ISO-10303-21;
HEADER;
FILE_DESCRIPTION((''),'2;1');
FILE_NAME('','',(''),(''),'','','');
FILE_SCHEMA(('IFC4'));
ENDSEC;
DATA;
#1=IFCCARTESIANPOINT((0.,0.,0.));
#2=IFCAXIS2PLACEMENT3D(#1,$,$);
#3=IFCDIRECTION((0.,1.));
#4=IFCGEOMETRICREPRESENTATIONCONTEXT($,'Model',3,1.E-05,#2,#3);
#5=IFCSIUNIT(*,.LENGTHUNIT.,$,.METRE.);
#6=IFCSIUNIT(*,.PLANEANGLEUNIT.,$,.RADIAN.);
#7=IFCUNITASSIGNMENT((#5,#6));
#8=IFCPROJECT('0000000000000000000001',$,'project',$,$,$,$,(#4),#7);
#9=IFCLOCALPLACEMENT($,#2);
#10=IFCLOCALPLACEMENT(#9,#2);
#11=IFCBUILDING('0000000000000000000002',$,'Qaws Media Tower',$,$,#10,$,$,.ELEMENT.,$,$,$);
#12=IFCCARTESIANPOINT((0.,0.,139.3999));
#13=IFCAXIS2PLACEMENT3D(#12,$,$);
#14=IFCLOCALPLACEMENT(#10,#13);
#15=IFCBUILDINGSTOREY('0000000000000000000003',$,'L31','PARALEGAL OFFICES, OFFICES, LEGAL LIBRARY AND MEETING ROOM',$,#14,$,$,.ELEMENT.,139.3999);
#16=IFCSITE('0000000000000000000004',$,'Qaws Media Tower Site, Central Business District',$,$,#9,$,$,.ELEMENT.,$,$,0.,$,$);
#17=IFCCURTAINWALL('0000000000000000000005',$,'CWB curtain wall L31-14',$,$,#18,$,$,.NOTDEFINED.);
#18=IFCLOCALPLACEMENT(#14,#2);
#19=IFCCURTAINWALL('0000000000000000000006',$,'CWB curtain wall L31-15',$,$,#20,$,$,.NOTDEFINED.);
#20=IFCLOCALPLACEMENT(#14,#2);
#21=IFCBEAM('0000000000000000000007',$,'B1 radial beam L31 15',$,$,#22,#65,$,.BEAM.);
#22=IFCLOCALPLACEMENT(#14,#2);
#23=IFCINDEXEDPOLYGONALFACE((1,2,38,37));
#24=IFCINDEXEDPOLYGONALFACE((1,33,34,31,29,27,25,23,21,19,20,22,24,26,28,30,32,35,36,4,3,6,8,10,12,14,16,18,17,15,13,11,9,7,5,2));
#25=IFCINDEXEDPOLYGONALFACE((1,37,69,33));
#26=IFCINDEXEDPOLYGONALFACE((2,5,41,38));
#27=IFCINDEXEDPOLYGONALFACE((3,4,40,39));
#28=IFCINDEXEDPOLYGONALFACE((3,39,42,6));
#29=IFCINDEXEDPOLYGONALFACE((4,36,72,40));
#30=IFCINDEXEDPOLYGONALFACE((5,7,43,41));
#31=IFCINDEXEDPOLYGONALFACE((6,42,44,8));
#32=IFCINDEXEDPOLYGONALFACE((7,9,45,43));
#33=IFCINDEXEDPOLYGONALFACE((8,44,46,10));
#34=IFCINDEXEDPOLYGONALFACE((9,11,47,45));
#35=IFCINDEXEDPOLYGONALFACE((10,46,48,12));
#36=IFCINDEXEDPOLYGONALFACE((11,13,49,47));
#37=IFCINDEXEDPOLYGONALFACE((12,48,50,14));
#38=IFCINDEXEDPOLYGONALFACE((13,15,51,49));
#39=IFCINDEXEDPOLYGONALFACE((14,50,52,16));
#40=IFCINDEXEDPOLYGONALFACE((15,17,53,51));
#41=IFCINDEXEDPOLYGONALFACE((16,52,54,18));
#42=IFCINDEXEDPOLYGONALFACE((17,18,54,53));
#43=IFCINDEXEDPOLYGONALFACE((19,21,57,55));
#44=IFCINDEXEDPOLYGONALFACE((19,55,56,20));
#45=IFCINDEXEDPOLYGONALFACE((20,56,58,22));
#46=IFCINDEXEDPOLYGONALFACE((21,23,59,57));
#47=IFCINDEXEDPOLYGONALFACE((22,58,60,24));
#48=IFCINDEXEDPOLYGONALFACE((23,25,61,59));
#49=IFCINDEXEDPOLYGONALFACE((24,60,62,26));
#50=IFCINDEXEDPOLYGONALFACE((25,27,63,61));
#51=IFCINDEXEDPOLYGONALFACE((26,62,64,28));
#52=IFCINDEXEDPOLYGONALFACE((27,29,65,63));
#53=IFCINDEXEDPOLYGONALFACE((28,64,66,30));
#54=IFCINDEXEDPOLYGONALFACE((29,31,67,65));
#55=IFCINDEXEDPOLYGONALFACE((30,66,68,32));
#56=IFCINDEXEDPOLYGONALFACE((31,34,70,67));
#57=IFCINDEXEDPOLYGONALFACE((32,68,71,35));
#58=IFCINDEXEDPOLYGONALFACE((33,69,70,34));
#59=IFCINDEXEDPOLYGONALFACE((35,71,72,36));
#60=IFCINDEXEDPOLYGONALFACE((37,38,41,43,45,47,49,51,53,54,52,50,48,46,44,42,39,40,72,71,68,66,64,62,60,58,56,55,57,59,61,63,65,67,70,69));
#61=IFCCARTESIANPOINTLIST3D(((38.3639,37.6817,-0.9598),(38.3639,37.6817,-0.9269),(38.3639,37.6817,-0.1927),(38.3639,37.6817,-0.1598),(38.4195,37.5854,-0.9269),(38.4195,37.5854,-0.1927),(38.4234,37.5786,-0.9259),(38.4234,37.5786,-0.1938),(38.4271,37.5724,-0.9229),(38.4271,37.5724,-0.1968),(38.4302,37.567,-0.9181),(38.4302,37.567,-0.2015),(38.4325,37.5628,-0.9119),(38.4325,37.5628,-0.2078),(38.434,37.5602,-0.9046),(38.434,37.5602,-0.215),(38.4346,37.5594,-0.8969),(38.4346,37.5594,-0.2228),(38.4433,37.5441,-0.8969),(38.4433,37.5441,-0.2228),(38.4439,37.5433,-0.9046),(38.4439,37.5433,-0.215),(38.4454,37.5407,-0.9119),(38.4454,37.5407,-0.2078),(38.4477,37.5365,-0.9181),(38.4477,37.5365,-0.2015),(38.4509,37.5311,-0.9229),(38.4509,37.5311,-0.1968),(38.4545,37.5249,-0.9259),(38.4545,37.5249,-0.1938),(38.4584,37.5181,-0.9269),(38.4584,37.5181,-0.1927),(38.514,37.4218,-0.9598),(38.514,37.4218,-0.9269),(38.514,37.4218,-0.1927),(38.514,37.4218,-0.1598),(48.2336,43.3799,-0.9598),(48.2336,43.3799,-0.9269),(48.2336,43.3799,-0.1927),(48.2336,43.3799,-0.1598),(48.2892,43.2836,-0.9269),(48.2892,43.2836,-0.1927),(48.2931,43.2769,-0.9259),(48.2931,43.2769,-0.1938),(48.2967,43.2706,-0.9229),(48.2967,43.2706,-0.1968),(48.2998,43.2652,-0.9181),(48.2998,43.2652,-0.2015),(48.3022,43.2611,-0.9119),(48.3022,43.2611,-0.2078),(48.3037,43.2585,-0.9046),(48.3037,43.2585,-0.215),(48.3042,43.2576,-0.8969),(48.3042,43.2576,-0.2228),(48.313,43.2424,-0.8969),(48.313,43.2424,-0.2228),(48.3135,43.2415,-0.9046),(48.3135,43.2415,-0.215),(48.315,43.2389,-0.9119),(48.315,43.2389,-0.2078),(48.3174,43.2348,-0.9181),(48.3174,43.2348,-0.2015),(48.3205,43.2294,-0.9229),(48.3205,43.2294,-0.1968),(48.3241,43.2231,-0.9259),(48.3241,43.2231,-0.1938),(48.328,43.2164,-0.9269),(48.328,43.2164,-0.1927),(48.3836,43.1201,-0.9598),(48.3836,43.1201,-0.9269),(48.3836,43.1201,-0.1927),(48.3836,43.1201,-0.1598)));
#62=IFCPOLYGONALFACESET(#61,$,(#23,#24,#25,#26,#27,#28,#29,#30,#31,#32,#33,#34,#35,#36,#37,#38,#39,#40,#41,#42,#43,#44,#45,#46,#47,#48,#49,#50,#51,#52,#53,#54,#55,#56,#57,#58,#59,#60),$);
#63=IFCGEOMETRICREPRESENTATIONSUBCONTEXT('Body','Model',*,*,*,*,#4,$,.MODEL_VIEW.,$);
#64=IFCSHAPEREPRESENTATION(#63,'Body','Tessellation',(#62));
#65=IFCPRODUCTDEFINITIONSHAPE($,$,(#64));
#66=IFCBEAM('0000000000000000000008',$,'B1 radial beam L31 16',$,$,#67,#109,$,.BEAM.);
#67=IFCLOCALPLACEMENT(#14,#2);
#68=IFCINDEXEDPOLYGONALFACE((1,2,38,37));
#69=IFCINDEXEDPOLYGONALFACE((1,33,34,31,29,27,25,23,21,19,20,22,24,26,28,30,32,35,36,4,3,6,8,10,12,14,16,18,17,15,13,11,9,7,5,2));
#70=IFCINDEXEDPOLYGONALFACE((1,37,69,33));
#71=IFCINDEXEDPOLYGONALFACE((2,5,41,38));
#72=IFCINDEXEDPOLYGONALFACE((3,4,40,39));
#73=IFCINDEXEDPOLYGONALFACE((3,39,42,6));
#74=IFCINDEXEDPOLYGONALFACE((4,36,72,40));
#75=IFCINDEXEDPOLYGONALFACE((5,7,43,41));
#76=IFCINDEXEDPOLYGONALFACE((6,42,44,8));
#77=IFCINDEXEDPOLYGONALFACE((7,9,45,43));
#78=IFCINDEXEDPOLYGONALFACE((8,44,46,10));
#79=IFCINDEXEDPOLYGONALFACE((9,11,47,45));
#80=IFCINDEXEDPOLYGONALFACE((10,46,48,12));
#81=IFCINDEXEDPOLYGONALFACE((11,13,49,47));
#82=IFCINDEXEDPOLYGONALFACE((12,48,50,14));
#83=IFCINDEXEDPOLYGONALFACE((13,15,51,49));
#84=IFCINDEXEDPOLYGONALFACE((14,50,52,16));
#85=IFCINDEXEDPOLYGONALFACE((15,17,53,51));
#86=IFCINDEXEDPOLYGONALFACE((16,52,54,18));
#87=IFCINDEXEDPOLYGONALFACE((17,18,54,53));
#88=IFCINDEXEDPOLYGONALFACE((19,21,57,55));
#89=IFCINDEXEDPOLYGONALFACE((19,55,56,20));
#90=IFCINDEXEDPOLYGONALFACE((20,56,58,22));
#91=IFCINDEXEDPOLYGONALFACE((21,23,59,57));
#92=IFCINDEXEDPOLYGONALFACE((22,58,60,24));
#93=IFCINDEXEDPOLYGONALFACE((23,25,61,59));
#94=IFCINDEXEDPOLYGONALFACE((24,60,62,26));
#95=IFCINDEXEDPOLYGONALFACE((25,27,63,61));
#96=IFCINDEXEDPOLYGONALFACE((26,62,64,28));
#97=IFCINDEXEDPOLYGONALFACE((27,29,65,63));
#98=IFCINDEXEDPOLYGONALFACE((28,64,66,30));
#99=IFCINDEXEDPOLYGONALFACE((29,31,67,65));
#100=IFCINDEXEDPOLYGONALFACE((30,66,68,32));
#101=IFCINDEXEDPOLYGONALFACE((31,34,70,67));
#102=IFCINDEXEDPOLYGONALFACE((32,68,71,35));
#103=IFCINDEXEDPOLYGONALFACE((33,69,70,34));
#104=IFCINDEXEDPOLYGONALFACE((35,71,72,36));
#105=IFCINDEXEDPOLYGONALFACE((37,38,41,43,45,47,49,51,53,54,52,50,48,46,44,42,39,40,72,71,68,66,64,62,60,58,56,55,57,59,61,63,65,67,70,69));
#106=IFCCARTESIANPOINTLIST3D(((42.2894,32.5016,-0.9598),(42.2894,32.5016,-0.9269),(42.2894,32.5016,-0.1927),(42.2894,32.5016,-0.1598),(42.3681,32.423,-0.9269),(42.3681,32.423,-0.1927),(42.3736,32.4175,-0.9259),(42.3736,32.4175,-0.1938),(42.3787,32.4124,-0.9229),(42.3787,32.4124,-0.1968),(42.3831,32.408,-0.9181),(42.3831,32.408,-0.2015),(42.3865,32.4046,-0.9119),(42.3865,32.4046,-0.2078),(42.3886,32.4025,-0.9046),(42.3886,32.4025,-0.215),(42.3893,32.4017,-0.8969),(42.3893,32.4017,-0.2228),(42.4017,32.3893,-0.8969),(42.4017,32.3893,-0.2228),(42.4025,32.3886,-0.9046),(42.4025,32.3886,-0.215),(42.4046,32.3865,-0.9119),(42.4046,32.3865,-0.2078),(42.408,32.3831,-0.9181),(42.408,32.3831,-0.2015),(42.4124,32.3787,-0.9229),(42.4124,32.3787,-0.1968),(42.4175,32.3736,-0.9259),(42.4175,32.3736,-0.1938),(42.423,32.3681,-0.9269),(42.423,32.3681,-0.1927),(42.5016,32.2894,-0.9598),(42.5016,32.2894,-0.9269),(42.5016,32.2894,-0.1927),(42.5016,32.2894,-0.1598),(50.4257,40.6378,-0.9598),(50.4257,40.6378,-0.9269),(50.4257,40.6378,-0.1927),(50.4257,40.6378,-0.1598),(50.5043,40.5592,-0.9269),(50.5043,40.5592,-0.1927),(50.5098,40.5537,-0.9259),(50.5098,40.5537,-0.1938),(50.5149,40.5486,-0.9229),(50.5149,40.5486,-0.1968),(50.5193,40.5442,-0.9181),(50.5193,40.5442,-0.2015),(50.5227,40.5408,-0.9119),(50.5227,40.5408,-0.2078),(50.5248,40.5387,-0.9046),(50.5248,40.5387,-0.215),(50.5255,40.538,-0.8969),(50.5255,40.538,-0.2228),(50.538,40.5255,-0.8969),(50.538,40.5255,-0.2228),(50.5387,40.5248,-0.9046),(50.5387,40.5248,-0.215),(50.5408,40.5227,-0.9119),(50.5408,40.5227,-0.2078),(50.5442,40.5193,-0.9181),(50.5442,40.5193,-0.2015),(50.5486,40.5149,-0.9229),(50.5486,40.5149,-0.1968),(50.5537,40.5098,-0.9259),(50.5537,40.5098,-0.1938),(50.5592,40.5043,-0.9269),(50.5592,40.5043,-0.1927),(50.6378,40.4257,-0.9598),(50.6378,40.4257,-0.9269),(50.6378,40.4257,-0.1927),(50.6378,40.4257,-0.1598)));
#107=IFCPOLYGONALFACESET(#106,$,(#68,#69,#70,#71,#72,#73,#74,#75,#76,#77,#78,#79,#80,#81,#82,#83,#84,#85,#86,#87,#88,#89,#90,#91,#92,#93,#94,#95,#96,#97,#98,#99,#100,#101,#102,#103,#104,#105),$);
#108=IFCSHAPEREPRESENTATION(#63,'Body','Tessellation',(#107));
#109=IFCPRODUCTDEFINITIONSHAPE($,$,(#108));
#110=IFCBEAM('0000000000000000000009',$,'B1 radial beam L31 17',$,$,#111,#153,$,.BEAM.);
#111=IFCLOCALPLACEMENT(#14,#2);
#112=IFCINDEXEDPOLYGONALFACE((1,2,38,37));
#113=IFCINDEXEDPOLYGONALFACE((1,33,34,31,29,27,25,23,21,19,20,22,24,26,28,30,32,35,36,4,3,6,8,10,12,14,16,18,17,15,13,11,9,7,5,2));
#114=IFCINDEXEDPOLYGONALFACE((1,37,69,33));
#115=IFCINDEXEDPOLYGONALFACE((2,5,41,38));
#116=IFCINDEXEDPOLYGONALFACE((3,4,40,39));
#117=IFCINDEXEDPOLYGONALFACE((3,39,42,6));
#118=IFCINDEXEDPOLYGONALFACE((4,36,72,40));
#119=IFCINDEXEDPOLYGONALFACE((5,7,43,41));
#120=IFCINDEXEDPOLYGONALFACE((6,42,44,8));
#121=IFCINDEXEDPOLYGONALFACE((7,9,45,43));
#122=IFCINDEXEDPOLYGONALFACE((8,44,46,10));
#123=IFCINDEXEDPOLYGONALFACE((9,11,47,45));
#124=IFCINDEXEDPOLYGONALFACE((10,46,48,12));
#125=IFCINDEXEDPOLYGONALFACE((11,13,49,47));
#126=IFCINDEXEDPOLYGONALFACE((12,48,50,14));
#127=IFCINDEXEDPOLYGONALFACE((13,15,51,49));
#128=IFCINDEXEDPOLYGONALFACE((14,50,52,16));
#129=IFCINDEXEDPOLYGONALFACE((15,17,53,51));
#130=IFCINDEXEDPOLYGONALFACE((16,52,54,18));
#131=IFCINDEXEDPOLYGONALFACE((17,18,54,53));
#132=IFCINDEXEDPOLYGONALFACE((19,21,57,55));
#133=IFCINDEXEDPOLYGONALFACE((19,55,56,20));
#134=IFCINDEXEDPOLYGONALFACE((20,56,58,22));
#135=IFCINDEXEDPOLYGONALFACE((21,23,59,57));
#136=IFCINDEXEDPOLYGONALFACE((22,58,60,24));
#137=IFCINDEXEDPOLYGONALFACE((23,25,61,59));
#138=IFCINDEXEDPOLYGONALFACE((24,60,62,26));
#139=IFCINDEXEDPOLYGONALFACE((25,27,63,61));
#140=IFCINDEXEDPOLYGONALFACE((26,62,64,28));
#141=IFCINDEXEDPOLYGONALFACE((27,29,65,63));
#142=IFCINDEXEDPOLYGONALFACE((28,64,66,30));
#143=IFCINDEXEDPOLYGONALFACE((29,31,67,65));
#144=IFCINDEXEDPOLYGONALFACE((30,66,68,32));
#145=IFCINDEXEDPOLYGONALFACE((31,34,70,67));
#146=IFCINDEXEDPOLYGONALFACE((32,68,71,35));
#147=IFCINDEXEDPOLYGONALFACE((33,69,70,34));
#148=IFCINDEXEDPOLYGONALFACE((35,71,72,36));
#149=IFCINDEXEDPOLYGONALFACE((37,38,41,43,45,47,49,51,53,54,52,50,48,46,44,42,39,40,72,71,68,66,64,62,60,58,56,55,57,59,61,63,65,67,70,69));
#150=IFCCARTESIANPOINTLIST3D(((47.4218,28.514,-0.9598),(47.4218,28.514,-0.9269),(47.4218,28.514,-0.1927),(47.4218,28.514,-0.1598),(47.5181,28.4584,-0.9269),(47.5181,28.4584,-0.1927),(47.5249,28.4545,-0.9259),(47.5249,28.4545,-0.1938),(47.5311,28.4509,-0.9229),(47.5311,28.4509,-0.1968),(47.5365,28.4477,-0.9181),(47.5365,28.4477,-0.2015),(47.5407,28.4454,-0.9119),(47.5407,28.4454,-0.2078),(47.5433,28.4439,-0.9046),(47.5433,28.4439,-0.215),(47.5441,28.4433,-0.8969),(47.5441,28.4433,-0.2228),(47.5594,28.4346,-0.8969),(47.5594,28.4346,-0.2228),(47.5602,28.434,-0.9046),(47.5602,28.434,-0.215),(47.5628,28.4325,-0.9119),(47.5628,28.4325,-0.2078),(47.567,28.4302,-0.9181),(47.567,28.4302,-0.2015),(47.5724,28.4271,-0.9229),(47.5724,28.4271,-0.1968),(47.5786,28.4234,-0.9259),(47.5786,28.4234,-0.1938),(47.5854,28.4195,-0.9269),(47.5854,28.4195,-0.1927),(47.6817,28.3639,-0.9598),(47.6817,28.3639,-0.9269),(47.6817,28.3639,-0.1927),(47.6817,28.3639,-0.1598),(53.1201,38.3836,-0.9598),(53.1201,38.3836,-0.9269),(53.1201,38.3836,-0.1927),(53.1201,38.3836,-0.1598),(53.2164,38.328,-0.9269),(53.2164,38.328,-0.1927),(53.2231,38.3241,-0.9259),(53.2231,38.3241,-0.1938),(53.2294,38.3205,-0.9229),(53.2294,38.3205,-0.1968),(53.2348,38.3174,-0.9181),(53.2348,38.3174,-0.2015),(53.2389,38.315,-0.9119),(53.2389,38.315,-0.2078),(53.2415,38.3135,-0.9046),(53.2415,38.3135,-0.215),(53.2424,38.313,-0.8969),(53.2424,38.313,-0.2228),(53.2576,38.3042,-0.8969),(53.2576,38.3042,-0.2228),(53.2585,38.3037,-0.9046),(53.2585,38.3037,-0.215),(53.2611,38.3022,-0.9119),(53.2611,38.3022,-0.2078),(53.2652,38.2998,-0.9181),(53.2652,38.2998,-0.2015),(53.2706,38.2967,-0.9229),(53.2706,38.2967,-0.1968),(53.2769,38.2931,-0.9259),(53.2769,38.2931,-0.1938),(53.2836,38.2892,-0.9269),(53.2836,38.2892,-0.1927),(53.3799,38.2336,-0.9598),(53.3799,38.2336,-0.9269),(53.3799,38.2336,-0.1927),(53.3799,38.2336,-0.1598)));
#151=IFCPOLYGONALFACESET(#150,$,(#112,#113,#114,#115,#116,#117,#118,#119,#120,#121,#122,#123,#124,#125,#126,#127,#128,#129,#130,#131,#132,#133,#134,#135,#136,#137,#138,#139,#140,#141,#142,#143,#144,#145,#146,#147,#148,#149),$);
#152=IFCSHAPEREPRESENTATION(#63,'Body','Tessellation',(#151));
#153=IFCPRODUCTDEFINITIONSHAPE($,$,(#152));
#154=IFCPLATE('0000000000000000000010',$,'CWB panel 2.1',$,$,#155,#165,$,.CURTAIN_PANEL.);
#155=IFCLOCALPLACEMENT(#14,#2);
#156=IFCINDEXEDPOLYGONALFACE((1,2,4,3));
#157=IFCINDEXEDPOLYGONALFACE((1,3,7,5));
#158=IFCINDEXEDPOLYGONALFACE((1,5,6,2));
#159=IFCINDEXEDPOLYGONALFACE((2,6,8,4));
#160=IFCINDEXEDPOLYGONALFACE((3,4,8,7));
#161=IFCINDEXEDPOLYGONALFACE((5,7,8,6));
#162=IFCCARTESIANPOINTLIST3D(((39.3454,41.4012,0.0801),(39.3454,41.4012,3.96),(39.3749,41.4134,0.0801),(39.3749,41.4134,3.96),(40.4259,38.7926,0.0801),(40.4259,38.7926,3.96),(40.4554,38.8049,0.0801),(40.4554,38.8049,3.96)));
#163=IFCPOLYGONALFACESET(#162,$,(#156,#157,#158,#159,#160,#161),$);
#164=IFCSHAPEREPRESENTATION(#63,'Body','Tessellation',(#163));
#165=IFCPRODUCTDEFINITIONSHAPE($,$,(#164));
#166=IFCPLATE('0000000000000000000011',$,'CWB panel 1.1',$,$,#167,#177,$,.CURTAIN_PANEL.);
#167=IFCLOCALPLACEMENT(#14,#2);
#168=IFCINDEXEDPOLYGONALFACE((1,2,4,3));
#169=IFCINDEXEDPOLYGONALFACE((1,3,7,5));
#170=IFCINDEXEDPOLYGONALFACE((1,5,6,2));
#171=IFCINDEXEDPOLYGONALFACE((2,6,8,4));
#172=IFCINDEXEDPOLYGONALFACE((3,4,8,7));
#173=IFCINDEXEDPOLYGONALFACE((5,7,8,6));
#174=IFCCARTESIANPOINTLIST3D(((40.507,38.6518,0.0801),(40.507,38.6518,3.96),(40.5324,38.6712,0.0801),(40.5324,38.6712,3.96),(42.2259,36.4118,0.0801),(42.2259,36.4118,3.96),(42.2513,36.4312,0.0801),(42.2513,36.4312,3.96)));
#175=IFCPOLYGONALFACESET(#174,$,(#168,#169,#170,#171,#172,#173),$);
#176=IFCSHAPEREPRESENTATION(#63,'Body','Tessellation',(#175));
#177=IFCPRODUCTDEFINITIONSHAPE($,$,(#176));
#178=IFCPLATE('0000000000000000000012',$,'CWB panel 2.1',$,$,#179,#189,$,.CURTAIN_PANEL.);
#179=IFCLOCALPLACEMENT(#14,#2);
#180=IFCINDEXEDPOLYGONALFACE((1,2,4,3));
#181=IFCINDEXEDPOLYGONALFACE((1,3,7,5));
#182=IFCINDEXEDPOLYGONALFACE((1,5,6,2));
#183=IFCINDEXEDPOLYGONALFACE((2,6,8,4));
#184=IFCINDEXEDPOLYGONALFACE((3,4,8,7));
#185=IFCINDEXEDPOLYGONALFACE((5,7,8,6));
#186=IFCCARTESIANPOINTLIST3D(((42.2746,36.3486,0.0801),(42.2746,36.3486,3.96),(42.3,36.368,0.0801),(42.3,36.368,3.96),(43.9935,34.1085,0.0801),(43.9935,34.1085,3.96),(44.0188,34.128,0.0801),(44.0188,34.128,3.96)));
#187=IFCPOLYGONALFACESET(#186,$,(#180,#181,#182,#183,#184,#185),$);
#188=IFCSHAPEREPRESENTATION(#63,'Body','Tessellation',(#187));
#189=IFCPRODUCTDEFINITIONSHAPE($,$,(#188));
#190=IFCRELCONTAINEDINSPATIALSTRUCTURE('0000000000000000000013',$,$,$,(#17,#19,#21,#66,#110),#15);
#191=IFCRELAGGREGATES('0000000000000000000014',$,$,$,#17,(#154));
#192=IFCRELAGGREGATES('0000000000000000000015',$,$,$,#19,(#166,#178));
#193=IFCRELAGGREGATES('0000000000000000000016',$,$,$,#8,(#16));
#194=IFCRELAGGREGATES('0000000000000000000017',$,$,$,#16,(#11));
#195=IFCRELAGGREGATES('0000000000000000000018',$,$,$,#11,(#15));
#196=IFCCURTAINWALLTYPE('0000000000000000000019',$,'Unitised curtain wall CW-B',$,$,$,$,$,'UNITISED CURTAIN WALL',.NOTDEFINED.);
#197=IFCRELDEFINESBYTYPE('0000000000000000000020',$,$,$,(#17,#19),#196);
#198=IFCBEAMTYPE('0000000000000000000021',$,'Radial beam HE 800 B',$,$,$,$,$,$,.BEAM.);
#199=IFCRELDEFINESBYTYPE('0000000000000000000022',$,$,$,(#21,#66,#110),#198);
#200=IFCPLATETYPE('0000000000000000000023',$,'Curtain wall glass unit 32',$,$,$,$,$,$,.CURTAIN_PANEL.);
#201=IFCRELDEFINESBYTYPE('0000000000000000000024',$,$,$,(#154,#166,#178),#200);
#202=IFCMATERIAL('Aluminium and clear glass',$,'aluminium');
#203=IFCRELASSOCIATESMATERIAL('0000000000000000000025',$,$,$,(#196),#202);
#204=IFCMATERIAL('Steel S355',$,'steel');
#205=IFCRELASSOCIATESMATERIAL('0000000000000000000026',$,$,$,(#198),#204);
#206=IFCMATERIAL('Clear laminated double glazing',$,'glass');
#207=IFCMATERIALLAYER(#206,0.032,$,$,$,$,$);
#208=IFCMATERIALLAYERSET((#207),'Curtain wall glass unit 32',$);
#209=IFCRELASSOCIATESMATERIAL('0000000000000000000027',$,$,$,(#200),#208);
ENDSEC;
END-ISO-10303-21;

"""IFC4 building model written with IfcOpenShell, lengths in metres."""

from ifc_helpers import new_model, si_unit, direction, frame, origin, origin_2d, place, context, subcontext, project, spatial, rectangle, i_section, extrude, material, layer, layer_set, material_profile, profile_set, type_object, element, aggregate, save


model = new_model("IFC4")

# Units and contexts
model_context = context("Model", 3, precision=1e-05, world=origin(), true_north=direction((0.0, 1.0)))
body_context = subcontext(model_context, "Body", "Model", "MODEL_VIEW")
ifc_project = project(units=[si_unit("LENGTHUNIT", "METRE"), si_unit("PLANEANGLEUNIT", "RADIAN")], contexts=[model_context])

# Site, building, storey
site_placement = place(None, origin())
site = spatial("IfcSite", under=ifc_project, at=site_placement, Name="Qaws Media Tower Site, Central Business District", CompositionType="ELEMENT", RefElevation=0.0)
building_placement = place(site_placement, origin())
building = spatial("IfcBuilding", under=site, at=building_placement, Name="Qaws Media Tower", CompositionType="ELEMENT")
storey_placement = place(building_placement, frame((0.0, 0.0, 139.3999)))
storey = spatial("IfcBuildingStorey", under=building, at=storey_placement, Name="L31", Description="PARALEGAL OFFICES, OFFICES, LEGAL LIBRARY AND MEETING ROOM", CompositionType="ELEMENT", Elevation=139.3999)

# Curtain walls
ifc_material_1 = material(Name="Aluminium and clear glass", Category="aluminium")
curtain_wall_type = type_object("IfcCurtainWallType", Name="Unitised curtain wall CW-B", ElementType="UNITISED CURTAIN WALL", PredefinedType="NOTDEFINED", material=ifc_material_1)
curtain_wall_1_placement = place(storey_placement, origin())
curtain_wall_1 = element("IfcCurtainWall", 1, at=curtain_wall_1_placement, inside=storey, type_object=curtain_wall_type, Name="CWB curtain wall L31-14", PredefinedType="NOTDEFINED")
curtain_wall_2_placement = place(storey_placement, origin())
curtain_wall_2 = element("IfcCurtainWall", 2, at=curtain_wall_2_placement, inside=storey, type_object=curtain_wall_type, Name="CWB curtain wall L31-15", PredefinedType="NOTDEFINED")

# Beams
ifc_material_2 = material(Name="Steel S355", Category="steel")
ifc_material_profile_1 = material_profile(ifc_material_2, i_section(OverallWidth=0.3, OverallDepth=0.8, WebThickness=0.0176, FlangeThickness=0.033, FilletRadius=0.03, at=origin_2d()), Name="HE 800 B")
ifc_profile_set_1 = profile_set([ifc_material_profile_1], Name="Steel S355")
beam_type_1 = type_object("IfcBeamType", Name="Radial beam HE 800 B", PredefinedType="BEAM", material=ifc_profile_set_1)
beam_1_placement = place(storey_placement, frame((48.3086, 43.25, -0.5598), z_axis=(-0.866025, -0.500001, 0.0), x_axis=(0.500001, -0.866025, 0.0)))
element("IfcBeam", 3, at=beam_1_placement, inside=storey, type_object=beam_type_1, Name="B1 radial beam L31 15", PredefinedType="BEAM", context=body_context, shape_type="SweptSolid", body=[
    extrude(i_section(OverallWidth=0.3, OverallDepth=0.8, WebThickness=0.0176, FlangeThickness=0.033, FilletRadius=0.03, at=origin_2d()), origin(), (0.0, 0.0, 1.0), 11.3965),
])
beam_2_placement = place(storey_placement, frame((50.5317, 40.5317, -0.5598), z_axis=(-0.707107, -0.707107, 0.0), x_axis=(0.707107, -0.707107, 0.0)))
element("IfcBeam", 4, at=beam_2_placement, inside=storey, type_object=beam_type_1, Name="B1 radial beam L31 16", PredefinedType="BEAM", context=body_context, shape_type="SweptSolid", body=[
    extrude(i_section(OverallWidth=0.3, OverallDepth=0.8, WebThickness=0.0176, FlangeThickness=0.033, FilletRadius=0.03, at=origin_2d()), origin(), (0.0, 0.0, 1.0), 11.5063),
])
beam_3_placement = place(storey_placement, frame((53.25, 38.3086, -0.5598), z_axis=(-0.500001, -0.866025, 0.0), x_axis=(0.866025, -0.500001, 0.0)))
element("IfcBeam", 5, at=beam_3_placement, inside=storey, type_object=beam_type_1, Name="B1 radial beam L31 17", PredefinedType="BEAM", context=body_context, shape_type="SweptSolid", body=[
    extrude(i_section(OverallWidth=0.3, OverallDepth=0.8, WebThickness=0.0176, FlangeThickness=0.033, FilletRadius=0.03, at=origin_2d()), origin(), (0.0, 0.0, 1.0), 11.3965),
])

# Plates
ifc_material_3 = material(Name="Clear laminated double glazing", Category="glass")
ifc_layer_1 = layer(ifc_material_3, 0.032)
ifc_layer_set_1 = layer_set([ifc_layer_1], Name="Curtain wall glass unit 32")
plate_type_1 = type_object("IfcPlateType", Name="Curtain wall glass unit 32", PredefinedType="CURTAIN_PANEL", material=ifc_layer_set_1)
plate_1_placement = place(storey_placement, frame((39.9004, 40.103, 0.0801), z_axis=(0.0, 0.0, 1.0), x_axis=(0.382683, -0.92388, 0.0)))
plate_1 = element("IfcPlate", 6, at=plate_1_placement, type_object=plate_type_1, Name="CWB panel 2.1", PredefinedType="CURTAIN_PANEL", context=body_context, shape_type="SweptSolid", body=[
    extrude(rectangle(XDim=2.8235, YDim=0.032, at=origin_2d()), origin(), (0.0, 0.0, 1.0), 3.8799),
])
aggregate(curtain_wall_1, [plate_1])
plate_2_placement = place(storey_placement, frame((41.3792, 37.5415, 0.0801), z_axis=(0.0, 0.0, 1.0), x_axis=(0.608761, -0.793353, 0.0)))
plate_2 = element("IfcPlate", 7, at=plate_2_placement, type_object=plate_type_1, Name="CWB panel 1.1", PredefinedType="CURTAIN_PANEL", context=body_context, shape_type="SweptSolid", body=[
    extrude(rectangle(XDim=2.8235, YDim=0.032, at=origin_2d()), origin(), (0.0, 0.0, 1.0), 3.8799),
])
plate_3_placement = place(storey_placement, frame((43.1467, 35.2383, 0.0801), z_axis=(0.0, 0.0, 1.0), x_axis=(0.608761, -0.793353, 0.0)))
plate_3 = element("IfcPlate", 8, at=plate_3_placement, type_object=plate_type_1, Name="CWB panel 2.1", PredefinedType="CURTAIN_PANEL", context=body_context, shape_type="SweptSolid", body=[
    extrude(rectangle(XDim=2.8235, YDim=0.032, at=origin_2d()), origin(), (0.0, 0.0, 1.0), 3.8799),
])
aggregate(curtain_wall_2, [plate_2, plate_3])

save(model, "model.ifc")
